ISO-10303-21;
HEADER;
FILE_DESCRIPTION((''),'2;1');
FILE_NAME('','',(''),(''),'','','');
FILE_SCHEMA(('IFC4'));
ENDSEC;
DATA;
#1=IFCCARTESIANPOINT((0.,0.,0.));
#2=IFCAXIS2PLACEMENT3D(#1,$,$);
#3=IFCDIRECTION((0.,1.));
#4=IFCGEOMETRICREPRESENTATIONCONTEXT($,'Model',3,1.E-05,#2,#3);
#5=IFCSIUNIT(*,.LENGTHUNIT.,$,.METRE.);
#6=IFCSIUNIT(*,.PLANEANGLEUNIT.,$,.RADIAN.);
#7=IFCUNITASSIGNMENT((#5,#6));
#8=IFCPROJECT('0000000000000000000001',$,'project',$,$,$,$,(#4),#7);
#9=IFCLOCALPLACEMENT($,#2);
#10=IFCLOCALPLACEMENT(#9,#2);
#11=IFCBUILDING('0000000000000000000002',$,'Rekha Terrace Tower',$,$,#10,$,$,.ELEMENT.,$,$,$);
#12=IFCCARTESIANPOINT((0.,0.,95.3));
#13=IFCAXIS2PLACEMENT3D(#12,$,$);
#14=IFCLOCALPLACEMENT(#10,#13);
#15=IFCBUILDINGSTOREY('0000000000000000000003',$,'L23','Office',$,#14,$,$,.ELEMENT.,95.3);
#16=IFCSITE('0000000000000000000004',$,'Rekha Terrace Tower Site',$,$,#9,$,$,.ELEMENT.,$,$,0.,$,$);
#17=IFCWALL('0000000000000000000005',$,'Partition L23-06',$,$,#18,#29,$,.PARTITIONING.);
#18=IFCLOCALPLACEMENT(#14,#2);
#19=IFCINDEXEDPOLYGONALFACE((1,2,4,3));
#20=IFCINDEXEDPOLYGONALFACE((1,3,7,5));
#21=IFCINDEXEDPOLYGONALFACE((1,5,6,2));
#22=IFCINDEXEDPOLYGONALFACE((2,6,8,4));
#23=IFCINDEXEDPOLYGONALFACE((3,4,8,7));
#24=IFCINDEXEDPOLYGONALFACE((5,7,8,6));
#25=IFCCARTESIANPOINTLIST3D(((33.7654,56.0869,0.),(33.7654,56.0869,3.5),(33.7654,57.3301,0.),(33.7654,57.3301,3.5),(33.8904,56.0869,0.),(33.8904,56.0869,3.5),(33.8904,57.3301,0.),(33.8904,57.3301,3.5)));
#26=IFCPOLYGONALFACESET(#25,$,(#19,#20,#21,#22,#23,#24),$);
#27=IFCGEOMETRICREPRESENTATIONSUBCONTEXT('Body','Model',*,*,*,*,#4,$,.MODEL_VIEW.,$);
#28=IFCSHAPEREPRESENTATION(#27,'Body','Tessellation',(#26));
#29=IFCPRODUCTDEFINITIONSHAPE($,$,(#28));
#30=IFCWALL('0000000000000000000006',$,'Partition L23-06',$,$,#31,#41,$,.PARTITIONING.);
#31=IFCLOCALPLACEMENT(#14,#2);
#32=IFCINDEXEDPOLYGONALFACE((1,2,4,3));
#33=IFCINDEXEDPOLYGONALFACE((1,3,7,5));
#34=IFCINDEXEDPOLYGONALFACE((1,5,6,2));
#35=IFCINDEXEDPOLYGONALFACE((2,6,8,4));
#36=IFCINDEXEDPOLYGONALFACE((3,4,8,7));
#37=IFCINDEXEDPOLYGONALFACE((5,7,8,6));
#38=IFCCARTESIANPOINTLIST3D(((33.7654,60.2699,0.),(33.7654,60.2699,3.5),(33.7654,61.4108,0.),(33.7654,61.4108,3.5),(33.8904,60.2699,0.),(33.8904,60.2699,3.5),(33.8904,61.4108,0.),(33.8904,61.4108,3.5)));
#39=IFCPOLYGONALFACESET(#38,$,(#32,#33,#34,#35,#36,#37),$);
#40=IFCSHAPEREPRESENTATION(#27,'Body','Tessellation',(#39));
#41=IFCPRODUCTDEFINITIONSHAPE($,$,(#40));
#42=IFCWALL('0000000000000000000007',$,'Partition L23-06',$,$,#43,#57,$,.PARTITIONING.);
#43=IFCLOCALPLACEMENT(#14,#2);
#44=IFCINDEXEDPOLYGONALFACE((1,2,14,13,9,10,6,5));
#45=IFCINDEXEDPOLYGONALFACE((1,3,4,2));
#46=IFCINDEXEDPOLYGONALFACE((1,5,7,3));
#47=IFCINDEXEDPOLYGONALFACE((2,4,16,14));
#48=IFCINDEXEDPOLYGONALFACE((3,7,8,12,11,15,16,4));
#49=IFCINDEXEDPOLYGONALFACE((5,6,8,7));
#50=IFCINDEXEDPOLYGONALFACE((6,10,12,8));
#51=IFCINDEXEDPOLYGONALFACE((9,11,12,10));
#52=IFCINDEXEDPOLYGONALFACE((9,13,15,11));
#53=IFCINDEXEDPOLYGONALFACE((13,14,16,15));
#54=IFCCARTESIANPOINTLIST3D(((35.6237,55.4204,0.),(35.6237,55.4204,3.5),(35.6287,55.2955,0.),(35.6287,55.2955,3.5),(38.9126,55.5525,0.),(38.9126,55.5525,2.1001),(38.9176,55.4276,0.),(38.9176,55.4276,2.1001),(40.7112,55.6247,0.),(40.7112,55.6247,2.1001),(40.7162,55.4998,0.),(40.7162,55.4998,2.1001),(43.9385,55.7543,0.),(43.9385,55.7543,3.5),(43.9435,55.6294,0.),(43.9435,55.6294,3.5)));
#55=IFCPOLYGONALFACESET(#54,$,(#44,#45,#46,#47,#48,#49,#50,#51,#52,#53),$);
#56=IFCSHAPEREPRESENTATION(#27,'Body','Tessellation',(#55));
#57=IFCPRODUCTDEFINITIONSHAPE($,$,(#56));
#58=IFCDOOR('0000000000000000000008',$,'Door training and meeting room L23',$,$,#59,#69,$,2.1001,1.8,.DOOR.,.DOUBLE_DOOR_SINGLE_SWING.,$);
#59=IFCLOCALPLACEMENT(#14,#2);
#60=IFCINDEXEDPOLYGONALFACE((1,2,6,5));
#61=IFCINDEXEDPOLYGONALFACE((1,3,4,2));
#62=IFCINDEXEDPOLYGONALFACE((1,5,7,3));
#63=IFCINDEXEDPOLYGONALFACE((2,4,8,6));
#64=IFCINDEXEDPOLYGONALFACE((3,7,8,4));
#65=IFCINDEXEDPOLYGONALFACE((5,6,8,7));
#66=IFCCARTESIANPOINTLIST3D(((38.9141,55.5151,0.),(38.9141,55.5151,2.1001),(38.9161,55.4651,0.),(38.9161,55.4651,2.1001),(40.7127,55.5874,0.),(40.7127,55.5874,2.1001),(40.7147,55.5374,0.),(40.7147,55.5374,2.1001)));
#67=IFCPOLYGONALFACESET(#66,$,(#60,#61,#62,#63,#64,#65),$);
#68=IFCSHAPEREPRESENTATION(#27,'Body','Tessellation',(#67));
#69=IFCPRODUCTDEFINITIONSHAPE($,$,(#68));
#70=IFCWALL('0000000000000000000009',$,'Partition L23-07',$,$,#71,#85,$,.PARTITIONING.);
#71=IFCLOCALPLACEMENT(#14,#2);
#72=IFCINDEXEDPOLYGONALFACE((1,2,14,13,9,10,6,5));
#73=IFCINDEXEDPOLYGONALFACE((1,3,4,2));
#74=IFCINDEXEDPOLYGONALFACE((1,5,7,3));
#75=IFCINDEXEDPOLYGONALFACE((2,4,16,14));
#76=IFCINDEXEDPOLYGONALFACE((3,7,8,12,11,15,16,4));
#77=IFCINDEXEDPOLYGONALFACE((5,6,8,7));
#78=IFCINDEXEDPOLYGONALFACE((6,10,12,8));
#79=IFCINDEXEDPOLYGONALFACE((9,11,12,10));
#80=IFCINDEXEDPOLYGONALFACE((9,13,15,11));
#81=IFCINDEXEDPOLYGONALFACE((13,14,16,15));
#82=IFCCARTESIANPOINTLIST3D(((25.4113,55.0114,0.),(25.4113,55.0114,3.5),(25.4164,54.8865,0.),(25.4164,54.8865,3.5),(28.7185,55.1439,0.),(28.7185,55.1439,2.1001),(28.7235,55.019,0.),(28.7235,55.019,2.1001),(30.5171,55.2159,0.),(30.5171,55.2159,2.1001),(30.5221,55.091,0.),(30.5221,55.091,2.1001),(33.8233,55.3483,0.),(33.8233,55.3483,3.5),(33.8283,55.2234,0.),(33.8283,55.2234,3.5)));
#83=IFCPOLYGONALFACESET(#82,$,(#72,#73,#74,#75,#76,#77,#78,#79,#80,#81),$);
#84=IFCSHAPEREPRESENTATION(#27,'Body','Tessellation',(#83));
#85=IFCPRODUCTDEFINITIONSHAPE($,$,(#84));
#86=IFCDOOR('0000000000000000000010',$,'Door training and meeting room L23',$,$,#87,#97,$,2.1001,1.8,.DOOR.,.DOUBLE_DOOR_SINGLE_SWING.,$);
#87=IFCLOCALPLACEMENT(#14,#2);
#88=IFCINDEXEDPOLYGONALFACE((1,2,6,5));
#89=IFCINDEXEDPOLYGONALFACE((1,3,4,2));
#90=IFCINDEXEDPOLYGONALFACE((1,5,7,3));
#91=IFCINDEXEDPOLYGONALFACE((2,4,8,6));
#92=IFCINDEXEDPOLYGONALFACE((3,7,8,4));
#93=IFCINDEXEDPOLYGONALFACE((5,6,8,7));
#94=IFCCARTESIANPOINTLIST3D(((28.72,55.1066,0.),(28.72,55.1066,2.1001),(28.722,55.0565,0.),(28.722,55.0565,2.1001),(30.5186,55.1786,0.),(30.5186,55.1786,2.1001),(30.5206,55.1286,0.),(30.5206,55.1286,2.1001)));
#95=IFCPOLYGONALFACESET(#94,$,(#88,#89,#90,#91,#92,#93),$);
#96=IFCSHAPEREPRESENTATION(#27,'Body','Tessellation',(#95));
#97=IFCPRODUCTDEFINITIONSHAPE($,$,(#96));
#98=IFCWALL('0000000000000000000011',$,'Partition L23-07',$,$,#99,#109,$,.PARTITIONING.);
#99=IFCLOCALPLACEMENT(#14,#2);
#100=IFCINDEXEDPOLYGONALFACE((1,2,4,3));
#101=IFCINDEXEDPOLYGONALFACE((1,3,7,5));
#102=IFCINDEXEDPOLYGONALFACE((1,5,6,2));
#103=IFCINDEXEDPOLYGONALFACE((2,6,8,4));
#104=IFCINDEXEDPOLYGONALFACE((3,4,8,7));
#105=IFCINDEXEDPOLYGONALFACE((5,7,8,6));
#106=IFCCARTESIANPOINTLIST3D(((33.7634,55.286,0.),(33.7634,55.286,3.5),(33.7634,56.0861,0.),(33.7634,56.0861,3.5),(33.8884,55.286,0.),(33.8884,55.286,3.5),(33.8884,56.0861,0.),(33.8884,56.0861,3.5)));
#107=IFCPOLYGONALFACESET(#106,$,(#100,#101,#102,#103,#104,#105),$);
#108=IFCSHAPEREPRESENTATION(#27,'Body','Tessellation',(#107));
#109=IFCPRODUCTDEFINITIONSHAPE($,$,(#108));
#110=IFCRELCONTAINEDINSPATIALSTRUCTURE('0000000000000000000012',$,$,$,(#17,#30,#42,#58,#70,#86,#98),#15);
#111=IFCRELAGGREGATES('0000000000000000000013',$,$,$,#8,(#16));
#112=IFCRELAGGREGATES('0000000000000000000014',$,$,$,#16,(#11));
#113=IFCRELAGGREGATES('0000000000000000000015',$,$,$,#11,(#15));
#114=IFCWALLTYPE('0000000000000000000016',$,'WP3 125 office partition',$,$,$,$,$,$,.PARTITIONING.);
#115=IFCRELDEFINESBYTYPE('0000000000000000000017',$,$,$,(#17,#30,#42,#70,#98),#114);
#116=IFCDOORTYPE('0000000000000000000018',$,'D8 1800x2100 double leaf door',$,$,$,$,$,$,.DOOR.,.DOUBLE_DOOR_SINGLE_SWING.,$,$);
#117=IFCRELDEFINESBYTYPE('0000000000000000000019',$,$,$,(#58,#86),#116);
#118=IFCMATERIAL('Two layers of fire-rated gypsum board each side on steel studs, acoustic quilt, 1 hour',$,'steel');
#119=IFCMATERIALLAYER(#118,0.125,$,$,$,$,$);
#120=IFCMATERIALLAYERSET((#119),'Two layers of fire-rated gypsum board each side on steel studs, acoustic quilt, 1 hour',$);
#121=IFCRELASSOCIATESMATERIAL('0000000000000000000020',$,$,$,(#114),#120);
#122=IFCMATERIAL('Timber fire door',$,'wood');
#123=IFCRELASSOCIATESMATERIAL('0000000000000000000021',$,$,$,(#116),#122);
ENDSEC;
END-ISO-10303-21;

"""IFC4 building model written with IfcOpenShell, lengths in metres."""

from ifc_helpers import new_model, si_unit, direction, frame, frame_2d, origin, place, context, subcontext, project, spatial, rectangle, extrude, material, layer, layer_set, type_object, element, fill, save


model = new_model("IFC4")

# Units and contexts
model_context = context("Model", 3, precision=1e-05, world=origin(), true_north=direction((0.0, 1.0)))
body_context = subcontext(model_context, "Body", "Model", "MODEL_VIEW")
ifc_project = project(units=[si_unit("LENGTHUNIT", "METRE"), si_unit("PLANEANGLEUNIT", "RADIAN")], contexts=[model_context])

# Site, building, storey
site_placement = place(None, origin())
site = spatial("IfcSite", under=ifc_project, at=site_placement, Name="Rekha Terrace Tower Site", CompositionType="ELEMENT", RefElevation=0.0)
building_placement = place(site_placement, origin())
building = spatial("IfcBuilding", under=site, at=building_placement, Name="Rekha Terrace Tower", CompositionType="ELEMENT")
storey_placement = place(building_placement, frame((0.0, 0.0, 95.3)))
storey = spatial("IfcBuildingStorey", under=building, at=storey_placement, Name="L23", Description="Office", CompositionType="ELEMENT", Elevation=95.3)

# Walls
ifc_material_1 = material(Name="Two layers of fire-rated gypsum board each side on steel studs, acoustic quilt, 1 hour", Category="steel")
ifc_layer_1 = layer(ifc_material_1, 0.125)
ifc_layer_set_1 = layer_set([ifc_layer_1], Name="Two layers of fire-rated gypsum board each side on steel studs, acoustic quilt, 1 hour")
wall_type_1 = type_object("IfcWallType", Name="WP3 125 office partition", PredefinedType="PARTITIONING", material=ifc_layer_set_1)
wall_1_placement = place(storey_placement, frame((33.8279, 56.0869, 0.0), z_axis=(0.0, 0.0, 1.0), x_axis=(0.0, 1.0, 0.0)))
element("IfcWall", 1, at=wall_1_placement, inside=storey, type_object=wall_type_1, Name="Partition L23-06", PredefinedType="PARTITIONING", context=body_context, shape_type="SweptSolid", body=[
    extrude(rectangle(XDim=1.2432, YDim=0.125, at=frame_2d((0.6216, 0.0))), origin(), (0.0, 0.0, 1.0), 3.5),
])
wall_2_placement = place(storey_placement, frame((33.8279, 60.27, 0.0), z_axis=(0.0, 0.0, 1.0), x_axis=(0.0, 1.0, 0.0)))
element("IfcWall", 2, at=wall_2_placement, inside=storey, type_object=wall_type_1, Name="Partition L23-06", PredefinedType="PARTITIONING", context=body_context, shape_type="SweptSolid", body=[
    extrude(rectangle(XDim=1.1409, YDim=0.125, at=frame_2d((0.5703, 0.0))), origin(), (0.0, 0.0, 1.0), 3.5),
])

# Walls, openings, doors
wall_3_placement = place(storey_placement, frame((43.9409, 55.6919, 0.0), z_axis=(0.0, 0.0, 1.0), x_axis=(-0.999194, -0.040134, 0.0)))
wall_3 = element("IfcWall", 3, at=wall_3_placement, inside=storey, type_object=wall_type_1, Name="Partition L23-06", PredefinedType="PARTITIONING", context=body_context, shape_type="SweptSolid", body=[
    extrude(rectangle(XDim=8.3215, YDim=0.125, at=frame_2d((4.1606, 0.0))), origin(), (0.0, 0.0, 1.0), 3.5),
])
opening_1_placement = place(wall_3_placement, frame((3.23, 0.0, 0.0)))
opening_1 = element("IfcOpeningElement", 4, at=opening_1_placement, cuts=wall_3, PredefinedType="OPENING", context=body_context, shape_type="SweptSolid", body=[
    extrude(rectangle(XDim=1.8, YDim=2.1001, at=frame_2d((0.8999, 1.05))), frame((0.0, 0.0725, 0.0), z_axis=(0.0, -1.0, 0.0), x_axis=(1.0, 0.0, 0.0)), (0.0, 0.0, 1.0), 0.145),
])
ifc_material_2 = material(Name="Timber fire door", Category="wood")
door_type_1 = type_object("IfcDoorType", Name="D8 1800x2100 double leaf door", OperationType="DOUBLE_DOOR_SINGLE_SWING", PredefinedType="DOOR", material=ifc_material_2)
door_1_placement = place(opening_1_placement, origin())
door_1 = element("IfcDoor", 5, at=door_1_placement, inside=storey, type_object=door_type_1, Name="Door training and meeting room L23", OperationType="DOUBLE_DOOR_SINGLE_SWING", OverallHeight=2.1001, OverallWidth=1.8, PredefinedType="DOOR", context=body_context, shape_type="SweptSolid", body=[
    extrude(rectangle(XDim=1.8, YDim=2.1001, at=frame_2d((0.8999, 1.05))), frame((0.0, 0.0249, 0.0), z_axis=(0.0, -1.0, 0.0), x_axis=(1.0, 0.0, 0.0)), (0.0, 0.0, 1.0), 0.05),
])
fill(opening_1, door_1)
wall_4_placement = place(storey_placement, frame((33.8259, 55.2859, 0.0), z_axis=(0.0, 0.0, 1.0), x_axis=(-0.999199, -0.04002, 0.0)))
wall_4 = element("IfcWall", 6, at=wall_4_placement, inside=storey, type_object=wall_type_1, Name="Partition L23-07", PredefinedType="PARTITIONING", context=body_context, shape_type="SweptSolid", body=[
    extrude(rectangle(XDim=8.4187, YDim=0.125, at=frame_2d((4.2095, 0.0))), origin(), (0.0, 0.0, 1.0), 3.5),
])
opening_2_placement = place(wall_4_placement, frame((3.3091, 0.0, 0.0)))
opening_2 = element("IfcOpeningElement", 7, at=opening_2_placement, cuts=wall_4, PredefinedType="OPENING", context=body_context, shape_type="SweptSolid", body=[
    extrude(rectangle(XDim=1.8, YDim=2.1001, at=frame_2d((0.8999, 1.05))), frame((0.0, 0.0725, 0.0), z_axis=(0.0, -1.0, 0.0), x_axis=(1.0, 0.0, 0.0)), (0.0, 0.0, 1.0), 0.145),
])
door_2_placement = place(opening_2_placement, origin())
door_2 = element("IfcDoor", 8, at=door_2_placement, inside=storey, type_object=door_type_1, Name="Door training and meeting room L23", OperationType="DOUBLE_DOOR_SINGLE_SWING", OverallHeight=2.1001, OverallWidth=1.8, PredefinedType="DOOR", context=body_context, shape_type="SweptSolid", body=[
    extrude(rectangle(XDim=1.8, YDim=2.1001, at=frame_2d((0.8999, 1.05))), frame((0.0, 0.0249, 0.0), z_axis=(0.0, -1.0, 0.0), x_axis=(1.0, 0.0, 0.0)), (0.0, 0.0, 1.0), 0.05),
])
fill(opening_2, door_2)

# Wall
wall_5_placement = place(storey_placement, frame((33.8259, 56.0859, 0.0), z_axis=(0.0, 0.0, 1.0), x_axis=(0.0, -1.0, 0.0)))
element("IfcWall", 9, at=wall_5_placement, inside=storey, type_object=wall_type_1, Name="Partition L23-07", PredefinedType="PARTITIONING", context=body_context, shape_type="SweptSolid", body=[
    extrude(rectangle(XDim=0.8, YDim=0.125, at=frame_2d((0.3999, 0.0))), origin(), (0.0, 0.0, 1.0), 3.5),
])

save(model, "model.ifc")
